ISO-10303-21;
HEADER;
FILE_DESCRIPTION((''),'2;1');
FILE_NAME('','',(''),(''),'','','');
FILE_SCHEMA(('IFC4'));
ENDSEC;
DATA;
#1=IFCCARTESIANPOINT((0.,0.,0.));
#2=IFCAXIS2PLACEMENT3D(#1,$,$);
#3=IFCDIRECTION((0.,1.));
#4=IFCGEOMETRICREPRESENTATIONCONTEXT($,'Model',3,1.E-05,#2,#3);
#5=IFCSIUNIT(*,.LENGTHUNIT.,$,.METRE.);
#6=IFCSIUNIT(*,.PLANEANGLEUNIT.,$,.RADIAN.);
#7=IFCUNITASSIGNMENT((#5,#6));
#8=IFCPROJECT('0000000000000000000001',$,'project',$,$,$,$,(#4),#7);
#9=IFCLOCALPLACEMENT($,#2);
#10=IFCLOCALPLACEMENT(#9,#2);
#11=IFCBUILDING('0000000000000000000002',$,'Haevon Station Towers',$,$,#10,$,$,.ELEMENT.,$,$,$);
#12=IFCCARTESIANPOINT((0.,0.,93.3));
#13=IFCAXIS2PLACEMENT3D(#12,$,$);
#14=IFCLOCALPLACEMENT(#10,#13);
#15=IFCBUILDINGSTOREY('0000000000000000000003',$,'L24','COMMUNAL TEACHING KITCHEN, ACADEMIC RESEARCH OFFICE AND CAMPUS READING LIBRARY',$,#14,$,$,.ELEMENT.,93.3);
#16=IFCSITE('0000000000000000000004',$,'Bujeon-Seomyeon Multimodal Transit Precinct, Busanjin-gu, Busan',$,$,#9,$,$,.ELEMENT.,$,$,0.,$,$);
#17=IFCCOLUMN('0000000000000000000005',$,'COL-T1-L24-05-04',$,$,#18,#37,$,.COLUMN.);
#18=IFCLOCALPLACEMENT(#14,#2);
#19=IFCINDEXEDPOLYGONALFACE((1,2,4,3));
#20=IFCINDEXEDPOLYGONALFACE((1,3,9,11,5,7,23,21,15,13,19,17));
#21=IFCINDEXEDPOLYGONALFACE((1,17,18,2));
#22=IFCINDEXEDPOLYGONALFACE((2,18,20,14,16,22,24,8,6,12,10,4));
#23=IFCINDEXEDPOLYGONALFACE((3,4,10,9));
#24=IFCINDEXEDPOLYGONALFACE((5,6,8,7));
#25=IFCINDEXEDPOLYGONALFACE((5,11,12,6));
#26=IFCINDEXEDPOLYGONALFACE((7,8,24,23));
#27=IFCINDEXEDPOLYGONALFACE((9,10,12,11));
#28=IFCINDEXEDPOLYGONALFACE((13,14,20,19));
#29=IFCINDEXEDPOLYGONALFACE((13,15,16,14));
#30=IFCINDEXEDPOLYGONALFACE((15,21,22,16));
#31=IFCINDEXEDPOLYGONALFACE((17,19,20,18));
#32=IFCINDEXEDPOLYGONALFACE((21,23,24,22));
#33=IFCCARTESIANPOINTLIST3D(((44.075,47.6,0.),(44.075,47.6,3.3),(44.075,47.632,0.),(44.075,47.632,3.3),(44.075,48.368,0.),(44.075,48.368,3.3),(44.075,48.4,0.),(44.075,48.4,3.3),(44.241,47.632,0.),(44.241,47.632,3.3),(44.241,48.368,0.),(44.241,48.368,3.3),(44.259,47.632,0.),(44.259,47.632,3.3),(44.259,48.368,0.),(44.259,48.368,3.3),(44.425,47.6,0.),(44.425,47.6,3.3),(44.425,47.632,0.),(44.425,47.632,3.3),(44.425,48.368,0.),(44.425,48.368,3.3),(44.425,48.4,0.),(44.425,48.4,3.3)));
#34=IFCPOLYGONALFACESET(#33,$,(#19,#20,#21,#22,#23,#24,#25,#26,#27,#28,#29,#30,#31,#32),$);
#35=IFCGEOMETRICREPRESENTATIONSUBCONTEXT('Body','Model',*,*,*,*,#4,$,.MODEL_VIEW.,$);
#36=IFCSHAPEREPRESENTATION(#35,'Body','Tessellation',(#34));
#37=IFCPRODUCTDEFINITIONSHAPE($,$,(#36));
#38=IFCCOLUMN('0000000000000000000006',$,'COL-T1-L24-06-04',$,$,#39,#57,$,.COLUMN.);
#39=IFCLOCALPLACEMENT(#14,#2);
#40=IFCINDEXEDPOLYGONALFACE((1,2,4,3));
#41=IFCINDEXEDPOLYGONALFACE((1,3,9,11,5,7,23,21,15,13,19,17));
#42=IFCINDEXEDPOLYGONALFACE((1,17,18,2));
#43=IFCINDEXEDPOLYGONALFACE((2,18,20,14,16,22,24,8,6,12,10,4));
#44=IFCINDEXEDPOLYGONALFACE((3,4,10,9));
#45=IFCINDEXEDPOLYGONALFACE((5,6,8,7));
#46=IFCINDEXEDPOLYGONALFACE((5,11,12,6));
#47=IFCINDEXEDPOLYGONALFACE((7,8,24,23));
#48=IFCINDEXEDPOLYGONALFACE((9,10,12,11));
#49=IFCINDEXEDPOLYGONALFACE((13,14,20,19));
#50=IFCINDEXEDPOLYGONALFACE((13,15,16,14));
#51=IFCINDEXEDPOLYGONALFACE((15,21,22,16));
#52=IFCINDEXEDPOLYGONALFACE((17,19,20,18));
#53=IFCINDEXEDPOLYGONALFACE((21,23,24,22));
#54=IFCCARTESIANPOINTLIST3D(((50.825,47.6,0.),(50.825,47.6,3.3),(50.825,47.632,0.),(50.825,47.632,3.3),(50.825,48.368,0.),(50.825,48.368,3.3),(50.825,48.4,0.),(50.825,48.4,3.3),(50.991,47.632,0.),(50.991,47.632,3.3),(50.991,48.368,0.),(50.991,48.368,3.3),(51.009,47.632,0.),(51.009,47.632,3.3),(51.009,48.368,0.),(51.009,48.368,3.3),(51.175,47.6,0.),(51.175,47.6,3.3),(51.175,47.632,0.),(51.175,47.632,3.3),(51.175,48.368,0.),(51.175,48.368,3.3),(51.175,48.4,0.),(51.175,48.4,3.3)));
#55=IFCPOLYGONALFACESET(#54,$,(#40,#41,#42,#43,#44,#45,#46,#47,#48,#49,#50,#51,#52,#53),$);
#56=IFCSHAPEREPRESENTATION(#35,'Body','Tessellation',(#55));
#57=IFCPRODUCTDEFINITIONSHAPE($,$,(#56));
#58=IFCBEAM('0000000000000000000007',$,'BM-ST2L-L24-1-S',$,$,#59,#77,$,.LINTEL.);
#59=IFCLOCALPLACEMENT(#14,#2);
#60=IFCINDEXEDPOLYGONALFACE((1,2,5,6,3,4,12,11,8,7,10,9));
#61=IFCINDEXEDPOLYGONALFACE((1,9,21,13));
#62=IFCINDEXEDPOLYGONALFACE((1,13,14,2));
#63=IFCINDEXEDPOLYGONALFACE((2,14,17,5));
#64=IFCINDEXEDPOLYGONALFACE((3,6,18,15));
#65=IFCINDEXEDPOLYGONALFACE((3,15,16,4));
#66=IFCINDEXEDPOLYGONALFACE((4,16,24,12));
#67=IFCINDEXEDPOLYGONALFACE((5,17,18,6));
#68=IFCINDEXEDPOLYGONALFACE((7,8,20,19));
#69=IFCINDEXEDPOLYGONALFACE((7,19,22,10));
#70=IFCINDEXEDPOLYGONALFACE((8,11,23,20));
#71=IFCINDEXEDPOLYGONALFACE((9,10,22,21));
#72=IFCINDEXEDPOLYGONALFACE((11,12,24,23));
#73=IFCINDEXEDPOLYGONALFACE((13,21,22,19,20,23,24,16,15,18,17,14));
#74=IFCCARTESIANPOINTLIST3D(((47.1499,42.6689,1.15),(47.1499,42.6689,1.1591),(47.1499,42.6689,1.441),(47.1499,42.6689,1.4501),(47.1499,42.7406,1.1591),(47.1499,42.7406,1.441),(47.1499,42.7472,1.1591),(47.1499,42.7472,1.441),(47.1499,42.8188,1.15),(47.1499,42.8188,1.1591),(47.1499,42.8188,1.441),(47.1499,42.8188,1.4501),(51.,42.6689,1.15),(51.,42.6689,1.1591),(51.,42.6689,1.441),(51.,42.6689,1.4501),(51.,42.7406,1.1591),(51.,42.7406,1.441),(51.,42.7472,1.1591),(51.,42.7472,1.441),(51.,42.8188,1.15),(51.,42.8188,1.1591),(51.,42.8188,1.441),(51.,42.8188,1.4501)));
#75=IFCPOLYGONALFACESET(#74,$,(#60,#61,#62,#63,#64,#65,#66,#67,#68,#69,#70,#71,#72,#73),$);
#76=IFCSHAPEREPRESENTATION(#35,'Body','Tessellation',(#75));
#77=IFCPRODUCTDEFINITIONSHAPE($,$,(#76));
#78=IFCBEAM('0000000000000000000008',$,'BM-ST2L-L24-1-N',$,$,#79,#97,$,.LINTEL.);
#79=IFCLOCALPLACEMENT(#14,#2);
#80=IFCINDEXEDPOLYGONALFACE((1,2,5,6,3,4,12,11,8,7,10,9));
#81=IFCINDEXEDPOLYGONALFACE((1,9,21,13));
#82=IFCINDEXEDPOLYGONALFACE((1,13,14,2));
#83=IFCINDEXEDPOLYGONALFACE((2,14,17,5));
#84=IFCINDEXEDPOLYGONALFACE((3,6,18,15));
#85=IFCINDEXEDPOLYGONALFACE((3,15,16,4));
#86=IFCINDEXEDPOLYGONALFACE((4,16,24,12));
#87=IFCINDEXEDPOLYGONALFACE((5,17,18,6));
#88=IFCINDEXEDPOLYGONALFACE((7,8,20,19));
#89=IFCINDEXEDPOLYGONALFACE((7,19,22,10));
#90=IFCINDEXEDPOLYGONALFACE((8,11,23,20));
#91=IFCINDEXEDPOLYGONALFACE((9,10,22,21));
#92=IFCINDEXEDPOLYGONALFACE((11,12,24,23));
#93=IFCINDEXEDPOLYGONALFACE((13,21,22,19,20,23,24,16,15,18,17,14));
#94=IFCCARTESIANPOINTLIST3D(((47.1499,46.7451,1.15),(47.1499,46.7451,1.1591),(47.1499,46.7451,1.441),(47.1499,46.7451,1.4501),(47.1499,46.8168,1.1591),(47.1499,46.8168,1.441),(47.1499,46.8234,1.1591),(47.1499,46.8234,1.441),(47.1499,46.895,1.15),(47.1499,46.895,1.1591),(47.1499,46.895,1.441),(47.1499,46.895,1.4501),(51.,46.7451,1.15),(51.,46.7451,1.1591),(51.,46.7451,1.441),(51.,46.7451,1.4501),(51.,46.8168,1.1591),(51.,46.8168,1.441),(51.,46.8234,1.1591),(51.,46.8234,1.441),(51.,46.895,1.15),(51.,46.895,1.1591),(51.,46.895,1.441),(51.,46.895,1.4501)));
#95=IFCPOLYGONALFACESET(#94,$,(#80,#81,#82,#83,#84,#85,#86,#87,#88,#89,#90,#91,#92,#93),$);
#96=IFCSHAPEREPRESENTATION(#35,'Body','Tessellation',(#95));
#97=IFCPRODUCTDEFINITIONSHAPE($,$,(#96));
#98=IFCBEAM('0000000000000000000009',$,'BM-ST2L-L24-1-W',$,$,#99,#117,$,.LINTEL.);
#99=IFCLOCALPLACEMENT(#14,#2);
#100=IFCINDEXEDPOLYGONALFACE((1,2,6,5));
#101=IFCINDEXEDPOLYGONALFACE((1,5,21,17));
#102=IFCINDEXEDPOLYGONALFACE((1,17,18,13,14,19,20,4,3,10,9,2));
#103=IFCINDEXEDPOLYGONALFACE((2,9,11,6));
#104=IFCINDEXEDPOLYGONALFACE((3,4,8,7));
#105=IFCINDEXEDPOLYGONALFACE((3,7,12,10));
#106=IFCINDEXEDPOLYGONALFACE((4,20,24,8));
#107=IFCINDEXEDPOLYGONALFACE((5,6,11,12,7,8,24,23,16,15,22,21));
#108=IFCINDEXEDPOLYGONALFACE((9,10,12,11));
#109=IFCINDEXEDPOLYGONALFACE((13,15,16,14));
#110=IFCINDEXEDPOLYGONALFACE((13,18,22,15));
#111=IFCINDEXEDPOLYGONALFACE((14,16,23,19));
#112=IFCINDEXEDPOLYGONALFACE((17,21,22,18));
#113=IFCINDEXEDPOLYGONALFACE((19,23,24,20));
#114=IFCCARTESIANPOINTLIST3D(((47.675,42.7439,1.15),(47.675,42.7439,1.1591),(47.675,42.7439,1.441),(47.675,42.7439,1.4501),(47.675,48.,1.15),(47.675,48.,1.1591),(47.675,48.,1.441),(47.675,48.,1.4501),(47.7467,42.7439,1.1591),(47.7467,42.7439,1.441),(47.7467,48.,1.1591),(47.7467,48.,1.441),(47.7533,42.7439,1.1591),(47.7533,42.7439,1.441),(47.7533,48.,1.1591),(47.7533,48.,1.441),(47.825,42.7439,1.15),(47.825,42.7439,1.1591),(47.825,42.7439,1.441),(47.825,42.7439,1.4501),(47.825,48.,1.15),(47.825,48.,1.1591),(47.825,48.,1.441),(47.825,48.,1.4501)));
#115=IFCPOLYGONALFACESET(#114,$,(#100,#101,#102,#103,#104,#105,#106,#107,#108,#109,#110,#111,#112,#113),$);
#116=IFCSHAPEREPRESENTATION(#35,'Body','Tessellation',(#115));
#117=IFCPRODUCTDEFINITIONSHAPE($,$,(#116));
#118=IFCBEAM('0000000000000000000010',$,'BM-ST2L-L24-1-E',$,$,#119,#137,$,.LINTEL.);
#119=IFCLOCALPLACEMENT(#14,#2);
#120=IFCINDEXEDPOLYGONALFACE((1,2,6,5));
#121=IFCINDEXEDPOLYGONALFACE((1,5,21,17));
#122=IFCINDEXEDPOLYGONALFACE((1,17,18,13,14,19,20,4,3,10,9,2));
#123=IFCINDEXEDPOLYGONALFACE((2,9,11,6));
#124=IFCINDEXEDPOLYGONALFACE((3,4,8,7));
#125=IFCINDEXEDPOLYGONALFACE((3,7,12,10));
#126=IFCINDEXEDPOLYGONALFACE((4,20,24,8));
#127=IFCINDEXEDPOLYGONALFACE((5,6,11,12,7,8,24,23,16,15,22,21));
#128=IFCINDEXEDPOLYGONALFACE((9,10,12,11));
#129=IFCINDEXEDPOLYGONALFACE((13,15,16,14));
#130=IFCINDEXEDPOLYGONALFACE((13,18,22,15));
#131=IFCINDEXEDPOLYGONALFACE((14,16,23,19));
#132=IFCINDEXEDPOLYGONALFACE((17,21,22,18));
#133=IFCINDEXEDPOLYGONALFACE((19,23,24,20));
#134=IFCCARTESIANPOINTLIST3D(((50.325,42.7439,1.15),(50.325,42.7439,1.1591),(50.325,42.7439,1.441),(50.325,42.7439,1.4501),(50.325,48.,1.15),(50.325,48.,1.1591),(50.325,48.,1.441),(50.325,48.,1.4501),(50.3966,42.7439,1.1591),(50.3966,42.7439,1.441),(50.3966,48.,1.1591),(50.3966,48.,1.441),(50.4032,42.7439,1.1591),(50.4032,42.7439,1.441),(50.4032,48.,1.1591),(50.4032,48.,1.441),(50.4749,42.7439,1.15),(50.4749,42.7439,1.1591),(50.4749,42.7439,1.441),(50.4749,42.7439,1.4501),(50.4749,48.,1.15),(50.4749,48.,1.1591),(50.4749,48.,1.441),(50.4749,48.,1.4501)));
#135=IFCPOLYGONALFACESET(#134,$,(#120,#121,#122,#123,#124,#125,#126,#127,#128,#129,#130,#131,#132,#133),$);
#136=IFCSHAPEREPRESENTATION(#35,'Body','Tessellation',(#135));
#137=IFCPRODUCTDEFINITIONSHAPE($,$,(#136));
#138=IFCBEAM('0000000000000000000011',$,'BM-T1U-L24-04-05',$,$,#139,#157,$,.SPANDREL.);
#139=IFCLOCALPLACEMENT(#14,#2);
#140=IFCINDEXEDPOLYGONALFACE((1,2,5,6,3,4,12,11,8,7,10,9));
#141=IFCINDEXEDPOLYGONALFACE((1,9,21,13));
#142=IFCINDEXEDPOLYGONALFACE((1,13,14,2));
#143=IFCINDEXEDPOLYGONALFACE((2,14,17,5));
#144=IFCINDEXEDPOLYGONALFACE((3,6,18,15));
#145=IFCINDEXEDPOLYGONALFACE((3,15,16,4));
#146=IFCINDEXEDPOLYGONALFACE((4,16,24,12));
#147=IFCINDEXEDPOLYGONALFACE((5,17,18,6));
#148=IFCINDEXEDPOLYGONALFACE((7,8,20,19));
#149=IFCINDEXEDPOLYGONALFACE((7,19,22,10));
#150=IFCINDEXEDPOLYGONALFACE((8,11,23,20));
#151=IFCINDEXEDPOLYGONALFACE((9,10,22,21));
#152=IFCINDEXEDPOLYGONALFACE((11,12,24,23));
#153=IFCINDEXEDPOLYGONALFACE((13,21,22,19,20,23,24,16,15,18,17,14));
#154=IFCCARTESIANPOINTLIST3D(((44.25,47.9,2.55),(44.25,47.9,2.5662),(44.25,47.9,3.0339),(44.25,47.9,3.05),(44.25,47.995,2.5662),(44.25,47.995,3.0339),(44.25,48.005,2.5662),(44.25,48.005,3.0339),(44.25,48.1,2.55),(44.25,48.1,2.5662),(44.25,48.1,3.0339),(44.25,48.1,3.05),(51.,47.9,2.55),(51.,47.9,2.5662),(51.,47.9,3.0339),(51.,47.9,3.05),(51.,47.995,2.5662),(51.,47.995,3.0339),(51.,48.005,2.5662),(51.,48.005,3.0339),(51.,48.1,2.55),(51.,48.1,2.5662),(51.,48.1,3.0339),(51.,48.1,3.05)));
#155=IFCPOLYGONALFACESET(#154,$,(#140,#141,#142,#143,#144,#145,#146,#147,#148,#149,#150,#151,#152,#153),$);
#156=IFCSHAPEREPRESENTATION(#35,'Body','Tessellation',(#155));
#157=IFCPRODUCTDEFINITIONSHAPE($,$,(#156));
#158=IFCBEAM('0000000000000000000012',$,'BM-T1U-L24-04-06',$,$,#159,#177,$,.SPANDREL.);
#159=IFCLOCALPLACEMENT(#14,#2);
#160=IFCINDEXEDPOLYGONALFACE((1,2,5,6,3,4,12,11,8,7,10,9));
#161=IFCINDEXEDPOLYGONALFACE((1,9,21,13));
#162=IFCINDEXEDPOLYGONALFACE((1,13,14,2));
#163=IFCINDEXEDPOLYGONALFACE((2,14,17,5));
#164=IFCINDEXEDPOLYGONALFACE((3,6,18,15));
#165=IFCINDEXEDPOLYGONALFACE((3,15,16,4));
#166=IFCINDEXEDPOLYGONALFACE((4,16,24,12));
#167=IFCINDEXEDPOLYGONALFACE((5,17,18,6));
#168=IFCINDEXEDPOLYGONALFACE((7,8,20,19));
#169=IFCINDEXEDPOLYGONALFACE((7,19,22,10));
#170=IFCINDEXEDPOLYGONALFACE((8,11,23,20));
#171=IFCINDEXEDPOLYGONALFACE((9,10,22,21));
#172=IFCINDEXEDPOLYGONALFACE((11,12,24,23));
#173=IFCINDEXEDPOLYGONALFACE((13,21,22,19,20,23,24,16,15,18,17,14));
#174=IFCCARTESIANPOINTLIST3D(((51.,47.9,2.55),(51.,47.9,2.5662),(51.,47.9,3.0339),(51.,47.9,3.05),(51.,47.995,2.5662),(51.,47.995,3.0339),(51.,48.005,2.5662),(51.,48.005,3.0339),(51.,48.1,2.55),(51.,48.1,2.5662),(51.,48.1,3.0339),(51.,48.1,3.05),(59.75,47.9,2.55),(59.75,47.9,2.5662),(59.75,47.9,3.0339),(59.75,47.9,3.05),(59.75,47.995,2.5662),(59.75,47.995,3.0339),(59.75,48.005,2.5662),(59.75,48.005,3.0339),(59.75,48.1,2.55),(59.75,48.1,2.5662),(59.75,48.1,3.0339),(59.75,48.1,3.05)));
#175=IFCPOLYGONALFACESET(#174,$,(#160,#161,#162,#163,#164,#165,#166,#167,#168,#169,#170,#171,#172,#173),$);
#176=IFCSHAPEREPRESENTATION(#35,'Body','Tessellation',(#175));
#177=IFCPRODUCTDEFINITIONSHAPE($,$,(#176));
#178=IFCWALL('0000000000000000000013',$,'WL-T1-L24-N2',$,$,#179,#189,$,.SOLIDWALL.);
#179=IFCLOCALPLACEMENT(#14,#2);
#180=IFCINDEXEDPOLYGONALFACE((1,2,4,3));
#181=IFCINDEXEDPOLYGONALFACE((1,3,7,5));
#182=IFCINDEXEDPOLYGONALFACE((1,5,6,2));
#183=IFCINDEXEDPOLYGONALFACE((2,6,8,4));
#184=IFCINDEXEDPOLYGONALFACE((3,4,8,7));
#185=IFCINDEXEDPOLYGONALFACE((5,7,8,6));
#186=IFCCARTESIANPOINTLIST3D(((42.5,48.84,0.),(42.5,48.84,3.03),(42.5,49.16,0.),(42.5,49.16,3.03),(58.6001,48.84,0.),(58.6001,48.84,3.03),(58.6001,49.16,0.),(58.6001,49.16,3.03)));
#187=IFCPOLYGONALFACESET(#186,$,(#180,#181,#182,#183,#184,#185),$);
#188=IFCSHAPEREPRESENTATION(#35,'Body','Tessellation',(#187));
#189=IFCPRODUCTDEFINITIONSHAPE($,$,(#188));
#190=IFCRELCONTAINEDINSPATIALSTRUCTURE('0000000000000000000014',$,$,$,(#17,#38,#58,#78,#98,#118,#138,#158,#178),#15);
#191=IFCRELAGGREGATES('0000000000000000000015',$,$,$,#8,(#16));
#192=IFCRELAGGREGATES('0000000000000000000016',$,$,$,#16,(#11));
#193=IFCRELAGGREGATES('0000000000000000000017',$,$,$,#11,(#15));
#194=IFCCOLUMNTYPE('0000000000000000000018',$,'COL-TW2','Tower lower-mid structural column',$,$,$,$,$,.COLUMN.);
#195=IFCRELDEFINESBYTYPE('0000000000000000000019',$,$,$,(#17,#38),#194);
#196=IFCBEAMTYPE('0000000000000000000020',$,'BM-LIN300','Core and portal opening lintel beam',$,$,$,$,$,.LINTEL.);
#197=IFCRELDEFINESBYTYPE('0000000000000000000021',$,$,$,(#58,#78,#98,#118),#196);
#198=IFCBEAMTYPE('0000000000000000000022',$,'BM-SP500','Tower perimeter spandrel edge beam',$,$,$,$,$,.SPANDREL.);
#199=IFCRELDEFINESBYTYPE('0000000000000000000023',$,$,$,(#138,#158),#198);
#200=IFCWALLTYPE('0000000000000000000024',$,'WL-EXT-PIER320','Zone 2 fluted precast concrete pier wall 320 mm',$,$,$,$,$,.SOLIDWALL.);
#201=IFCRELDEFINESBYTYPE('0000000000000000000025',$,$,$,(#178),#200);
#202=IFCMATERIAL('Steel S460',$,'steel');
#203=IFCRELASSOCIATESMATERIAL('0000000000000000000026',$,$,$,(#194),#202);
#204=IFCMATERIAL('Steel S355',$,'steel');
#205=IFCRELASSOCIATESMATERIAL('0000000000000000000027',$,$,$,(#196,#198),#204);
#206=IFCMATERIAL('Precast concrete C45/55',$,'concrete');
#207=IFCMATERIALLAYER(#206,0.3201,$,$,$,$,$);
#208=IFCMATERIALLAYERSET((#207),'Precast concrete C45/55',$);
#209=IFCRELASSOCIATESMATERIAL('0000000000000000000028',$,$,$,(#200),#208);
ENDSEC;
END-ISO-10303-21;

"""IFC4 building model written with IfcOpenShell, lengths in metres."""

from ifc_helpers import new_model, si_unit, direction, frame, frame_2d, origin, origin_2d, place, context, subcontext, project, spatial, rectangle, i_section, extrude, material, layer, layer_set, material_profile, profile_set, type_object, element, save


model = new_model("IFC4")

# Units and contexts
model_context = context("Model", 3, precision=1e-05, world=origin(), true_north=direction((0.0, 1.0)))
body_context = subcontext(model_context, "Body", "Model", "MODEL_VIEW")
ifc_project = project(units=[si_unit("LENGTHUNIT", "METRE"), si_unit("PLANEANGLEUNIT", "RADIAN")], contexts=[model_context])

# Site, building, storey
site_placement = place(None, origin())
site = spatial("IfcSite", under=ifc_project, at=site_placement, Name="Bujeon-Seomyeon Multimodal Transit Precinct, Busanjin-gu, Busan", CompositionType="ELEMENT", RefElevation=0.0)
building_placement = place(site_placement, origin())
building = spatial("IfcBuilding", under=site, at=building_placement, Name="Haevon Station Towers", CompositionType="ELEMENT")
storey_placement = place(building_placement, frame((0.0, 0.0, 93.3)))
storey = spatial("IfcBuildingStorey", under=building, at=storey_placement, Name="L24", Description="COMMUNAL TEACHING KITCHEN, ACADEMIC RESEARCH OFFICE AND CAMPUS READING LIBRARY", CompositionType="ELEMENT", Elevation=93.3)

# Columns
ifc_material_1 = material(Name="Steel S460", Category="steel")
ifc_material_profile_1 = material_profile(ifc_material_1, i_section(OverallWidth=0.3501, OverallDepth=0.8, WebThickness=0.0181, FlangeThickness=0.032, at=origin_2d()), Name="H-800x350x18x32")
ifc_profile_set_1 = profile_set([ifc_material_profile_1], Name="Steel S460")
column_type = type_object("IfcColumnType", Name="COL-TW2", Description="Tower lower-mid structural column", PredefinedType="COLUMN", material=ifc_profile_set_1)
for number, where, z_axis, x_axis, name in (
    (1, (44.25, 48.0, 0.0), (0.0, 0.0, 1.0), (1.0, 0.0, 0.0), "COL-T1-L24-05-04"),
    (2, (51.0, 48.0, 0.0), (0.0, 0.0, 1.0), (1.0, 0.0, 0.0), "COL-T1-L24-06-04"),
):
    element("IfcColumn", number, at=place(storey_placement, frame(where, z_axis=z_axis, x_axis=x_axis)), inside=storey, type_object=column_type, Name=name, PredefinedType="COLUMN", context=body_context, shape_type="SweptSolid", body=[
        extrude(i_section(OverallWidth=0.3501, OverallDepth=0.8, WebThickness=0.0181, FlangeThickness=0.032, at=origin_2d()), origin(), (0.0, 0.0, 1.0), 3.3),
    ])

# Beams
ifc_material_2 = material(Name="Steel S355", Category="steel")
ifc_material_profile_2 = material_profile(ifc_material_2, i_section(OverallWidth=0.1499, OverallDepth=0.3, WebThickness=0.0066, FlangeThickness=0.009, at=origin_2d()), Name="H-300x150x6.5x9")
ifc_profile_set_2 = profile_set([ifc_material_profile_2], Name="Steel S355")
beam_type_1 = type_object("IfcBeamType", Name="BM-LIN300", Description="Core and portal opening lintel beam", PredefinedType="LINTEL", material=ifc_profile_set_2)
for number, where, z_axis, x_axis, name in (
    (3, (47.1499, 42.7439, 1.3), (1.0, 0.0, 0.0), (0.0, 1.0, 0.0), "BM-ST2L-L24-1-S"),
    (4, (47.1499, 46.8201, 1.3), (1.0, 0.0, 0.0), (0.0, 1.0, 0.0), "BM-ST2L-L24-1-N"),
):
    element("IfcBeam", number, at=place(storey_placement, frame(where, z_axis=z_axis, x_axis=x_axis)), inside=storey, type_object=beam_type_1, Name=name, PredefinedType="LINTEL", context=body_context, shape_type="SweptSolid", body=[
        extrude(i_section(OverallWidth=0.1499, OverallDepth=0.3, WebThickness=0.0066, FlangeThickness=0.009, at=origin_2d()), origin(), (0.0, 0.0, 1.0), 3.8501),
    ])
for number, where, z_axis, x_axis, name in (
    (5, (47.75, 42.7439, 1.3), (0.0, 1.0, 0.0), (-1.0, 0.0, 0.0), "BM-ST2L-L24-1-W"),
    (6, (50.3999, 42.7439, 1.3), (0.0, 1.0, 0.0), (-1.0, 0.0, 0.0), "BM-ST2L-L24-1-E"),
):
    element("IfcBeam", number, at=place(storey_placement, frame(where, z_axis=z_axis, x_axis=x_axis)), inside=storey, type_object=beam_type_1, Name=name, PredefinedType="LINTEL", context=body_context, shape_type="SweptSolid", body=[
        extrude(i_section(OverallWidth=0.1499, OverallDepth=0.3, WebThickness=0.0066, FlangeThickness=0.009, at=origin_2d()), origin(), (0.0, 0.0, 1.0), 5.2561),
    ])
ifc_material_profile_3 = material_profile(ifc_material_2, i_section(OverallWidth=0.2, OverallDepth=0.5, WebThickness=0.01, FlangeThickness=0.0161, at=origin_2d()), Name="H-500x200x10x16")
ifc_profile_set_3 = profile_set([ifc_material_profile_3], Name="Steel S355")
beam_type_2 = type_object("IfcBeamType", Name="BM-SP500", Description="Tower perimeter spandrel edge beam", PredefinedType="SPANDREL", material=ifc_profile_set_3)
beam_1_placement = place(storey_placement, frame((44.25, 48.0, 2.8), z_axis=(1.0, 0.0, 0.0), x_axis=(0.0, 1.0, 0.0)))
element("IfcBeam", 7, at=beam_1_placement, inside=storey, type_object=beam_type_2, Name="BM-T1U-L24-04-05", PredefinedType="SPANDREL", context=body_context, shape_type="SweptSolid", body=[
    extrude(i_section(OverallWidth=0.2, OverallDepth=0.5, WebThickness=0.01, FlangeThickness=0.0161, at=origin_2d()), origin(), (0.0, 0.0, 1.0), 6.75),
])
beam_2_placement = place(storey_placement, frame((51.0, 48.0, 2.8), z_axis=(1.0, 0.0, 0.0), x_axis=(0.0, 1.0, 0.0)))
element("IfcBeam", 8, at=beam_2_placement, inside=storey, type_object=beam_type_2, Name="BM-T1U-L24-04-06", PredefinedType="SPANDREL", context=body_context, shape_type="SweptSolid", body=[
    extrude(i_section(OverallWidth=0.2, OverallDepth=0.5, WebThickness=0.01, FlangeThickness=0.0161, at=origin_2d()), origin(), (0.0, 0.0, 1.0), 8.75),
])

# Wall
ifc_material_3 = material(Name="Precast concrete C45/55", Category="concrete")
ifc_layer_1 = layer(ifc_material_3, 0.3201)
ifc_layer_set_1 = layer_set([ifc_layer_1], Name="Precast concrete C45/55")
wall_type_1 = type_object("IfcWallType", Name="WL-EXT-PIER320", Description="Zone 2 fluted precast concrete pier wall 320 mm", PredefinedType="SOLIDWALL", material=ifc_layer_set_1)
wall_placement = place(storey_placement, frame((42.5, 49.0, 0.0), z_axis=(0.0, 0.0, 1.0), x_axis=(1.0, 0.0, 0.0)))
element("IfcWall", 9, at=wall_placement, inside=storey, type_object=wall_type_1, Name="WL-T1-L24-N2", PredefinedType="SOLIDWALL", context=body_context, shape_type="SweptSolid", body=[
    extrude(rectangle(XDim=16.1001, YDim=0.3201, at=frame_2d((8.05, 0.0))), origin(), (0.0, 0.0, 1.0), 3.03),
])

save(model, "model.ifc")
